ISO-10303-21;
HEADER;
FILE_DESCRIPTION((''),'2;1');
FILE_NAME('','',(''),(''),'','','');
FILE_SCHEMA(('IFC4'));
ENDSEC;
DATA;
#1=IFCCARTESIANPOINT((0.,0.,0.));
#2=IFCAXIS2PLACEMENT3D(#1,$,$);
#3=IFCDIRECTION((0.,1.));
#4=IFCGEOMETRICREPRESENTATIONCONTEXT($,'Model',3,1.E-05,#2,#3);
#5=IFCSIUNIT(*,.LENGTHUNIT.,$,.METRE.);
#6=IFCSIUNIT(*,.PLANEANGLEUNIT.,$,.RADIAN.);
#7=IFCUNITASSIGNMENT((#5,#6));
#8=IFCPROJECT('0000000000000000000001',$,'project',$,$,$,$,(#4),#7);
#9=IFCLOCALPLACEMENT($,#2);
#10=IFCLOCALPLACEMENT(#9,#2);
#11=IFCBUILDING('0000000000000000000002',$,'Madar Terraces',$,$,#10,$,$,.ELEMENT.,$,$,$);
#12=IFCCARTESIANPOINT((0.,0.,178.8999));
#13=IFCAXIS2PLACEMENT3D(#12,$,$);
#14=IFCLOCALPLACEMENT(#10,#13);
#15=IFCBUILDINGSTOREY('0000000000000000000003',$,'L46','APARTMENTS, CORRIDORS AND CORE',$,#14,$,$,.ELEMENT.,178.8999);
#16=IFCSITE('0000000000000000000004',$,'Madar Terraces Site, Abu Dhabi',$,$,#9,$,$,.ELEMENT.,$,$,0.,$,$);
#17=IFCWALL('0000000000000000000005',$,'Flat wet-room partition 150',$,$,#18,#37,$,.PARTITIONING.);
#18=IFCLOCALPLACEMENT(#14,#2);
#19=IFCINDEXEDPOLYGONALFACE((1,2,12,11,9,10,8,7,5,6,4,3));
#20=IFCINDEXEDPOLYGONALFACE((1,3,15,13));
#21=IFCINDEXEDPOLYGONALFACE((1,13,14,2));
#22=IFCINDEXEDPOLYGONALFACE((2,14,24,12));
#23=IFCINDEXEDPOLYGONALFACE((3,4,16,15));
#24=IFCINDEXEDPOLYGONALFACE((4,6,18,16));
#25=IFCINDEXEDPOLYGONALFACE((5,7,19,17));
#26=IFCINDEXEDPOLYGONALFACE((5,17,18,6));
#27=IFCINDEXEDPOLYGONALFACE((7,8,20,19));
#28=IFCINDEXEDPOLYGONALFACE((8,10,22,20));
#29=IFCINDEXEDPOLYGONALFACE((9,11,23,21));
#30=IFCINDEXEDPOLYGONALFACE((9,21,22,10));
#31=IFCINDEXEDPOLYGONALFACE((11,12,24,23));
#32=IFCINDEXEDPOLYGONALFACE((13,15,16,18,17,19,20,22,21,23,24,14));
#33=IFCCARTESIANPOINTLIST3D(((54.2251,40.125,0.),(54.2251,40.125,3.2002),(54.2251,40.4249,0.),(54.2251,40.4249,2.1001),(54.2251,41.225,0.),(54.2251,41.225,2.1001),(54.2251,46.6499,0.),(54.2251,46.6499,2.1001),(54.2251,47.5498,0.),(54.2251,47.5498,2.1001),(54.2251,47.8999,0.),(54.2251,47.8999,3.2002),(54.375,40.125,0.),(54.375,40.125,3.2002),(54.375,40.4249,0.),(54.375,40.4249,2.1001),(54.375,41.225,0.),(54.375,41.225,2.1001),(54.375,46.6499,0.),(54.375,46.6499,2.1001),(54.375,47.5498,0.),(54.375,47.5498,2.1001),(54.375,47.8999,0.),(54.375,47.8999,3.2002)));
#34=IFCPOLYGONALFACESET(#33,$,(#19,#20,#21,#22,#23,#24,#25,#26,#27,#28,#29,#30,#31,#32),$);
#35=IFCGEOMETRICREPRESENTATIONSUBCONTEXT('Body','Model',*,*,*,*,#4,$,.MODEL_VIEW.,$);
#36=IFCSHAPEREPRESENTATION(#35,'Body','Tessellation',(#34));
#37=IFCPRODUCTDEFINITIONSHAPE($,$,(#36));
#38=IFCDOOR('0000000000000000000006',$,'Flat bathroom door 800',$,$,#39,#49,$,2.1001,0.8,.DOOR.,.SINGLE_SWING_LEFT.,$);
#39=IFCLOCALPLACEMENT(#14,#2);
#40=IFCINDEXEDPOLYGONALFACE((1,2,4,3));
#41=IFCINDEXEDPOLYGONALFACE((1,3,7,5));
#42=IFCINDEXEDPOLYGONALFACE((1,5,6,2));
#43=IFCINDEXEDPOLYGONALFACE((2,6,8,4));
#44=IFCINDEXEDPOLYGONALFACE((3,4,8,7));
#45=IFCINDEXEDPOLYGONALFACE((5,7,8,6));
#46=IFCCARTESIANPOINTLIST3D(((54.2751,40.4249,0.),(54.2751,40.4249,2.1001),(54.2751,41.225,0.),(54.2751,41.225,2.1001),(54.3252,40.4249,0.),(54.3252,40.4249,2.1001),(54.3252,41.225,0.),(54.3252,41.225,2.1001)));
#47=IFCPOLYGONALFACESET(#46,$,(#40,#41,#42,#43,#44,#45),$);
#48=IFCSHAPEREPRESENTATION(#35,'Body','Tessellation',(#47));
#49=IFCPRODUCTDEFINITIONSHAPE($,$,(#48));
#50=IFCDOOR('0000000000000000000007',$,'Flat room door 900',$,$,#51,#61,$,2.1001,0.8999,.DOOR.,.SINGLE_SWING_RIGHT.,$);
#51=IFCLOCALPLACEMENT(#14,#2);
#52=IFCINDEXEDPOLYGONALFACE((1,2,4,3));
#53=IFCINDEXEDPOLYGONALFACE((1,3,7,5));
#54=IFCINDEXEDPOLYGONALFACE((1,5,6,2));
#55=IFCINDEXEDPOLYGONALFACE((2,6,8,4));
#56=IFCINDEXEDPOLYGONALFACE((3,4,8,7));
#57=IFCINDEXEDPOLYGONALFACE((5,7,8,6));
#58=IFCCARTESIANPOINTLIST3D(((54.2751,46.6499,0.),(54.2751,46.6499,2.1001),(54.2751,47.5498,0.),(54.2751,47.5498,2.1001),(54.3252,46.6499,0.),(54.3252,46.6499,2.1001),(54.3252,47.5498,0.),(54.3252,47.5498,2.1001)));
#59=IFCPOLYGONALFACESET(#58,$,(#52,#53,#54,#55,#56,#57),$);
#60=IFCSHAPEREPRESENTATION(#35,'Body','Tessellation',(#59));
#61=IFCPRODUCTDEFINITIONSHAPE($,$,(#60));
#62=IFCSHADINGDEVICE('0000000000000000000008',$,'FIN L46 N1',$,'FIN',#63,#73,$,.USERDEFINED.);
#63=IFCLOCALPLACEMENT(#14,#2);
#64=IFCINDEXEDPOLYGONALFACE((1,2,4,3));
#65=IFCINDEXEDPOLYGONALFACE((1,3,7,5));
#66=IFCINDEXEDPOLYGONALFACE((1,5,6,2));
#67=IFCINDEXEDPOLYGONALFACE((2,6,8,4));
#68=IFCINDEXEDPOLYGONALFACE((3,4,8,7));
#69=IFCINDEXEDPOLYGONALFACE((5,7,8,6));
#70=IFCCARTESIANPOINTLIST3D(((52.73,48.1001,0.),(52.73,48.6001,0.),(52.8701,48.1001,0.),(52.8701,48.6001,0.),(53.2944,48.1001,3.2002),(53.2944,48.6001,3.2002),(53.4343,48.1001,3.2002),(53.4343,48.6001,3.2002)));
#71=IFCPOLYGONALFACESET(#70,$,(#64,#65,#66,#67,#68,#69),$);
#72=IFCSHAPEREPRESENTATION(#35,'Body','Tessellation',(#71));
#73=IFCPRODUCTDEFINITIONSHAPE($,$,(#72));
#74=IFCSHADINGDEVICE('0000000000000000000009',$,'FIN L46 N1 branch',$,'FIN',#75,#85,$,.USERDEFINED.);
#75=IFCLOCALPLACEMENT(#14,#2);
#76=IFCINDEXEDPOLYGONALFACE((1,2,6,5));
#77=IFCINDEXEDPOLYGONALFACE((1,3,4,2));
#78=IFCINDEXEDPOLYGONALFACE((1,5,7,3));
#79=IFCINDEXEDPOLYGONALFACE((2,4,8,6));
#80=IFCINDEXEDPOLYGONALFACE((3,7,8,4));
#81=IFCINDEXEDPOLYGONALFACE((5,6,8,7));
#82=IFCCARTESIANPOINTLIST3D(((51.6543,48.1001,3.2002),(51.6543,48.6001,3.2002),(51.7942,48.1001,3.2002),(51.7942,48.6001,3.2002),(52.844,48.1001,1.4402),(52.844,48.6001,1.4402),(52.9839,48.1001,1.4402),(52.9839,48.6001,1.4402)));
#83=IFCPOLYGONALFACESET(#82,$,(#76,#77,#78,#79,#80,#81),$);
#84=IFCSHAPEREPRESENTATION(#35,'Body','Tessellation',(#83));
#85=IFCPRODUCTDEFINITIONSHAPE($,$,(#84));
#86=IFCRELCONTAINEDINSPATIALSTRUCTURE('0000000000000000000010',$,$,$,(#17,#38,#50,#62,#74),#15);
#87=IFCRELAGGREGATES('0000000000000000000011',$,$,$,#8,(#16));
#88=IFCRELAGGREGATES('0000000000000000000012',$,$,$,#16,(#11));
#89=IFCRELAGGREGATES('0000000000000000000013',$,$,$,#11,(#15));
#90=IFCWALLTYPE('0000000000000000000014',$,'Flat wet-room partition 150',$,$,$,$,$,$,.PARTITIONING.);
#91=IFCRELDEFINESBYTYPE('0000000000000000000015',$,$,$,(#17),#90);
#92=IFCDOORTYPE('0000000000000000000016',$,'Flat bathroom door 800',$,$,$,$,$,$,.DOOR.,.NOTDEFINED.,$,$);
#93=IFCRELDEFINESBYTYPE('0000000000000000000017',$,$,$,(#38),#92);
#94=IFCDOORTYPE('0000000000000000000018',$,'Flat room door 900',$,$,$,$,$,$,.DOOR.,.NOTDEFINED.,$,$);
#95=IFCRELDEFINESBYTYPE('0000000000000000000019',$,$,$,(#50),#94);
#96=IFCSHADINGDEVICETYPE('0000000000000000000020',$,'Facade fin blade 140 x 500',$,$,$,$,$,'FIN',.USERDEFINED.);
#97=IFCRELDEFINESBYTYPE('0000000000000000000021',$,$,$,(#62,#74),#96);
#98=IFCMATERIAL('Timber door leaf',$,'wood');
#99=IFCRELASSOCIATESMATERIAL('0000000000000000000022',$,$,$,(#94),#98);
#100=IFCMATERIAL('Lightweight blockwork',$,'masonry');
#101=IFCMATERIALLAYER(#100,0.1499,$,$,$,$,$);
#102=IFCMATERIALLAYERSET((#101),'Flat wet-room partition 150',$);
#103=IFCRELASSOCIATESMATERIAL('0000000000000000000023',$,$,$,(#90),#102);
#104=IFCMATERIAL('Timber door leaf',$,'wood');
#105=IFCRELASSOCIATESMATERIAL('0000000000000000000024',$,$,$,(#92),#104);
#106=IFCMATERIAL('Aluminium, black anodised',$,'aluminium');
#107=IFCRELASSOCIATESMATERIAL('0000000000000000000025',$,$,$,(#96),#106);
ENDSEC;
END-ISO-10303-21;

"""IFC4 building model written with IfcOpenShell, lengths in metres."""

from ifc_helpers import new_model, si_unit, direction, frame, frame_2d, origin, place, context, subcontext, project, spatial, polyline, rectangle, outline, extrude, material, layer, layer_set, type_object, element, fill, save


model = new_model("IFC4")

# Units and contexts
model_context = context("Model", 3, precision=1e-05, world=origin(), true_north=direction((0.0, 1.0)))
body_context = subcontext(model_context, "Body", "Model", "MODEL_VIEW")
ifc_project = project(units=[si_unit("LENGTHUNIT", "METRE"), si_unit("PLANEANGLEUNIT", "RADIAN")], contexts=[model_context])

# Site, building, storey
site_placement = place(None, origin())
site = spatial("IfcSite", under=ifc_project, at=site_placement, Name="Madar Terraces Site, Abu Dhabi", CompositionType="ELEMENT", RefElevation=0.0)
building_placement = place(site_placement, origin())
building = spatial("IfcBuilding", under=site, at=building_placement, Name="Madar Terraces", CompositionType="ELEMENT")
storey_placement = place(building_placement, frame((0.0, 0.0, 178.8999)))
storey = spatial("IfcBuildingStorey", under=building, at=storey_placement, Name="L46", Description="APARTMENTS, CORRIDORS AND CORE", CompositionType="ELEMENT", Elevation=178.8999)

# Shared definitions
ifc_material_1 = material(Name="Timber door leaf", Category="wood")
door_type_1 = type_object("IfcDoorType", Name="Flat room door 900", OperationType="NOTDEFINED", PredefinedType="DOOR", material=ifc_material_1)

# Shared definitions
ifc_material_2 = material(Name="Lightweight blockwork", Category="masonry")
ifc_layer_1 = layer(ifc_material_2, 0.1499)
ifc_layer_set_1 = layer_set([ifc_layer_1], Name="Flat wet-room partition 150")
wall_type_1 = type_object("IfcWallType", Name="Flat wet-room partition 150", PredefinedType="PARTITIONING", material=ifc_layer_set_1)

# Wall, openings, doors
wall_1_placement = place(storey_placement, frame((54.3, 40.125, 0.0), z_axis=(0.0, 0.0, 1.0), x_axis=(0.0, 1.0, 0.0)))
wall_1 = element("IfcWall", 1, at=wall_1_placement, inside=storey, type_object=wall_type_1, Name="Flat wet-room partition 150", PredefinedType="PARTITIONING", context=body_context, shape_type="SweptSolid", body=[
    extrude(rectangle(XDim=7.7749, YDim=0.1499, at=frame_2d((3.8875, 0.0))), origin(), (0.0, 0.0, 1.0), 3.2002),
])
opening_1_placement = place(wall_1_placement, frame((0.3, 0.0, 0.0)))
opening_1 = element("IfcOpeningElement", 2, at=opening_1_placement, cuts=wall_1, PredefinedType="OPENING", context=body_context, shape_type="SweptSolid", body=[
    extrude(rectangle(XDim=0.8, YDim=2.1001, at=frame_2d((0.3999, 1.05))), frame((0.0, 0.085, 0.0), z_axis=(0.0, -1.0, 0.0), x_axis=(1.0, 0.0, 0.0)), (0.0, 0.0, 1.0), 0.1699),
])
opening_2_placement = place(wall_1_placement, frame((6.5249, 0.0, 0.0)))
opening_2 = element("IfcOpeningElement", 3, at=opening_2_placement, cuts=wall_1, PredefinedType="OPENING", context=body_context, shape_type="SweptSolid", body=[
    extrude(rectangle(XDim=0.8999, YDim=2.1001, at=frame_2d((0.45, 1.05))), frame((0.0, 0.085, 0.0), z_axis=(0.0, -1.0, 0.0), x_axis=(1.0, 0.0, 0.0)), (0.0, 0.0, 1.0), 0.1699),
])
ifc_material_3 = material(Name="Timber door leaf", Category="wood")
door_type_2 = type_object("IfcDoorType", Name="Flat bathroom door 800", OperationType="NOTDEFINED", PredefinedType="DOOR", material=ifc_material_3)
door_1_placement = place(opening_1_placement, origin())
door_1 = element("IfcDoor", 4, at=door_1_placement, inside=storey, type_object=door_type_2, Name="Flat bathroom door 800", OperationType="SINGLE_SWING_LEFT", OverallHeight=2.1001, OverallWidth=0.8, PredefinedType="DOOR", context=body_context, shape_type="SweptSolid", body=[
    extrude(rectangle(XDim=0.8, YDim=2.1001, at=frame_2d((0.3999, 1.05))), frame((0.0, 0.0249, 0.0), z_axis=(0.0, -1.0, 0.0), x_axis=(1.0, 0.0, 0.0)), (0.0, 0.0, 1.0), 0.05),
])
fill(opening_1, door_1)
door_2_placement = place(opening_2_placement, origin())
door_2 = element("IfcDoor", 5, at=door_2_placement, inside=storey, type_object=door_type_1, Name="Flat room door 900", OperationType="SINGLE_SWING_RIGHT", OverallHeight=2.1001, OverallWidth=0.8999, PredefinedType="DOOR", context=body_context, shape_type="SweptSolid", body=[
    extrude(rectangle(XDim=0.8999, YDim=2.1001, at=frame_2d((0.45, 1.05))), frame((0.0, 0.0249, 0.0), z_axis=(0.0, -1.0, 0.0), x_axis=(1.0, 0.0, 0.0)), (0.0, 0.0, 1.0), 0.05),
])
fill(opening_2, door_2)

# Shading devices
ifc_material_4 = material(Name="Aluminium, black anodised", Category="aluminium")
shading_device_type = type_object("IfcShadingDeviceType", Name="Facade fin blade 140 x 500", ElementType="FIN", PredefinedType="USERDEFINED", material=ifc_material_4)
shading_device_1_placement = place(storey_placement, frame((52.8701, 48.3501, 0.0), z_axis=(0.0, 0.0, 1.0), x_axis=(-1.0, 0.0, 0.0)))
element("IfcShadingDevice", 6, at=shading_device_1_placement, inside=storey, type_object=shading_device_type, Name="FIN L46 N1", ObjectType="FIN", PredefinedType="USERDEFINED", context=body_context, shape_type="SweptSolid", body=[
    extrude(outline(polyline([(0.0, 0.0), (0.1401, 0.0), (-0.4243, 3.2002), (-0.5642, 3.2002), (0.0, 0.0)])), frame((0.0, 0.25, 0.0), z_axis=(0.0, -1.0, 0.0), x_axis=(1.0, 0.0, 0.0)), (0.0, 0.0, 1.0), 0.5),
])
shading_device_2_placement = place(storey_placement, frame((52.9839, 48.3501, 1.4402), z_axis=(0.0, 0.0, 1.0), x_axis=(-1.0, 0.0, 0.0)))
element("IfcShadingDevice", 7, at=shading_device_2_placement, inside=storey, type_object=shading_device_type, Name="FIN L46 N1 branch", ObjectType="FIN", PredefinedType="USERDEFINED", context=body_context, shape_type="SweptSolid", body=[
    extrude(outline(polyline([(0.0, 0.0), (0.1399, 0.0), (1.3296, 1.76), (1.1897, 1.76), (0.0, 0.0)])), frame((0.0, 0.25, 0.0), z_axis=(0.0, -1.0, 0.0), x_axis=(1.0, 0.0, 0.0)), (0.0, 0.0, 1.0), 0.5),
])

save(model, "model.ifc")
